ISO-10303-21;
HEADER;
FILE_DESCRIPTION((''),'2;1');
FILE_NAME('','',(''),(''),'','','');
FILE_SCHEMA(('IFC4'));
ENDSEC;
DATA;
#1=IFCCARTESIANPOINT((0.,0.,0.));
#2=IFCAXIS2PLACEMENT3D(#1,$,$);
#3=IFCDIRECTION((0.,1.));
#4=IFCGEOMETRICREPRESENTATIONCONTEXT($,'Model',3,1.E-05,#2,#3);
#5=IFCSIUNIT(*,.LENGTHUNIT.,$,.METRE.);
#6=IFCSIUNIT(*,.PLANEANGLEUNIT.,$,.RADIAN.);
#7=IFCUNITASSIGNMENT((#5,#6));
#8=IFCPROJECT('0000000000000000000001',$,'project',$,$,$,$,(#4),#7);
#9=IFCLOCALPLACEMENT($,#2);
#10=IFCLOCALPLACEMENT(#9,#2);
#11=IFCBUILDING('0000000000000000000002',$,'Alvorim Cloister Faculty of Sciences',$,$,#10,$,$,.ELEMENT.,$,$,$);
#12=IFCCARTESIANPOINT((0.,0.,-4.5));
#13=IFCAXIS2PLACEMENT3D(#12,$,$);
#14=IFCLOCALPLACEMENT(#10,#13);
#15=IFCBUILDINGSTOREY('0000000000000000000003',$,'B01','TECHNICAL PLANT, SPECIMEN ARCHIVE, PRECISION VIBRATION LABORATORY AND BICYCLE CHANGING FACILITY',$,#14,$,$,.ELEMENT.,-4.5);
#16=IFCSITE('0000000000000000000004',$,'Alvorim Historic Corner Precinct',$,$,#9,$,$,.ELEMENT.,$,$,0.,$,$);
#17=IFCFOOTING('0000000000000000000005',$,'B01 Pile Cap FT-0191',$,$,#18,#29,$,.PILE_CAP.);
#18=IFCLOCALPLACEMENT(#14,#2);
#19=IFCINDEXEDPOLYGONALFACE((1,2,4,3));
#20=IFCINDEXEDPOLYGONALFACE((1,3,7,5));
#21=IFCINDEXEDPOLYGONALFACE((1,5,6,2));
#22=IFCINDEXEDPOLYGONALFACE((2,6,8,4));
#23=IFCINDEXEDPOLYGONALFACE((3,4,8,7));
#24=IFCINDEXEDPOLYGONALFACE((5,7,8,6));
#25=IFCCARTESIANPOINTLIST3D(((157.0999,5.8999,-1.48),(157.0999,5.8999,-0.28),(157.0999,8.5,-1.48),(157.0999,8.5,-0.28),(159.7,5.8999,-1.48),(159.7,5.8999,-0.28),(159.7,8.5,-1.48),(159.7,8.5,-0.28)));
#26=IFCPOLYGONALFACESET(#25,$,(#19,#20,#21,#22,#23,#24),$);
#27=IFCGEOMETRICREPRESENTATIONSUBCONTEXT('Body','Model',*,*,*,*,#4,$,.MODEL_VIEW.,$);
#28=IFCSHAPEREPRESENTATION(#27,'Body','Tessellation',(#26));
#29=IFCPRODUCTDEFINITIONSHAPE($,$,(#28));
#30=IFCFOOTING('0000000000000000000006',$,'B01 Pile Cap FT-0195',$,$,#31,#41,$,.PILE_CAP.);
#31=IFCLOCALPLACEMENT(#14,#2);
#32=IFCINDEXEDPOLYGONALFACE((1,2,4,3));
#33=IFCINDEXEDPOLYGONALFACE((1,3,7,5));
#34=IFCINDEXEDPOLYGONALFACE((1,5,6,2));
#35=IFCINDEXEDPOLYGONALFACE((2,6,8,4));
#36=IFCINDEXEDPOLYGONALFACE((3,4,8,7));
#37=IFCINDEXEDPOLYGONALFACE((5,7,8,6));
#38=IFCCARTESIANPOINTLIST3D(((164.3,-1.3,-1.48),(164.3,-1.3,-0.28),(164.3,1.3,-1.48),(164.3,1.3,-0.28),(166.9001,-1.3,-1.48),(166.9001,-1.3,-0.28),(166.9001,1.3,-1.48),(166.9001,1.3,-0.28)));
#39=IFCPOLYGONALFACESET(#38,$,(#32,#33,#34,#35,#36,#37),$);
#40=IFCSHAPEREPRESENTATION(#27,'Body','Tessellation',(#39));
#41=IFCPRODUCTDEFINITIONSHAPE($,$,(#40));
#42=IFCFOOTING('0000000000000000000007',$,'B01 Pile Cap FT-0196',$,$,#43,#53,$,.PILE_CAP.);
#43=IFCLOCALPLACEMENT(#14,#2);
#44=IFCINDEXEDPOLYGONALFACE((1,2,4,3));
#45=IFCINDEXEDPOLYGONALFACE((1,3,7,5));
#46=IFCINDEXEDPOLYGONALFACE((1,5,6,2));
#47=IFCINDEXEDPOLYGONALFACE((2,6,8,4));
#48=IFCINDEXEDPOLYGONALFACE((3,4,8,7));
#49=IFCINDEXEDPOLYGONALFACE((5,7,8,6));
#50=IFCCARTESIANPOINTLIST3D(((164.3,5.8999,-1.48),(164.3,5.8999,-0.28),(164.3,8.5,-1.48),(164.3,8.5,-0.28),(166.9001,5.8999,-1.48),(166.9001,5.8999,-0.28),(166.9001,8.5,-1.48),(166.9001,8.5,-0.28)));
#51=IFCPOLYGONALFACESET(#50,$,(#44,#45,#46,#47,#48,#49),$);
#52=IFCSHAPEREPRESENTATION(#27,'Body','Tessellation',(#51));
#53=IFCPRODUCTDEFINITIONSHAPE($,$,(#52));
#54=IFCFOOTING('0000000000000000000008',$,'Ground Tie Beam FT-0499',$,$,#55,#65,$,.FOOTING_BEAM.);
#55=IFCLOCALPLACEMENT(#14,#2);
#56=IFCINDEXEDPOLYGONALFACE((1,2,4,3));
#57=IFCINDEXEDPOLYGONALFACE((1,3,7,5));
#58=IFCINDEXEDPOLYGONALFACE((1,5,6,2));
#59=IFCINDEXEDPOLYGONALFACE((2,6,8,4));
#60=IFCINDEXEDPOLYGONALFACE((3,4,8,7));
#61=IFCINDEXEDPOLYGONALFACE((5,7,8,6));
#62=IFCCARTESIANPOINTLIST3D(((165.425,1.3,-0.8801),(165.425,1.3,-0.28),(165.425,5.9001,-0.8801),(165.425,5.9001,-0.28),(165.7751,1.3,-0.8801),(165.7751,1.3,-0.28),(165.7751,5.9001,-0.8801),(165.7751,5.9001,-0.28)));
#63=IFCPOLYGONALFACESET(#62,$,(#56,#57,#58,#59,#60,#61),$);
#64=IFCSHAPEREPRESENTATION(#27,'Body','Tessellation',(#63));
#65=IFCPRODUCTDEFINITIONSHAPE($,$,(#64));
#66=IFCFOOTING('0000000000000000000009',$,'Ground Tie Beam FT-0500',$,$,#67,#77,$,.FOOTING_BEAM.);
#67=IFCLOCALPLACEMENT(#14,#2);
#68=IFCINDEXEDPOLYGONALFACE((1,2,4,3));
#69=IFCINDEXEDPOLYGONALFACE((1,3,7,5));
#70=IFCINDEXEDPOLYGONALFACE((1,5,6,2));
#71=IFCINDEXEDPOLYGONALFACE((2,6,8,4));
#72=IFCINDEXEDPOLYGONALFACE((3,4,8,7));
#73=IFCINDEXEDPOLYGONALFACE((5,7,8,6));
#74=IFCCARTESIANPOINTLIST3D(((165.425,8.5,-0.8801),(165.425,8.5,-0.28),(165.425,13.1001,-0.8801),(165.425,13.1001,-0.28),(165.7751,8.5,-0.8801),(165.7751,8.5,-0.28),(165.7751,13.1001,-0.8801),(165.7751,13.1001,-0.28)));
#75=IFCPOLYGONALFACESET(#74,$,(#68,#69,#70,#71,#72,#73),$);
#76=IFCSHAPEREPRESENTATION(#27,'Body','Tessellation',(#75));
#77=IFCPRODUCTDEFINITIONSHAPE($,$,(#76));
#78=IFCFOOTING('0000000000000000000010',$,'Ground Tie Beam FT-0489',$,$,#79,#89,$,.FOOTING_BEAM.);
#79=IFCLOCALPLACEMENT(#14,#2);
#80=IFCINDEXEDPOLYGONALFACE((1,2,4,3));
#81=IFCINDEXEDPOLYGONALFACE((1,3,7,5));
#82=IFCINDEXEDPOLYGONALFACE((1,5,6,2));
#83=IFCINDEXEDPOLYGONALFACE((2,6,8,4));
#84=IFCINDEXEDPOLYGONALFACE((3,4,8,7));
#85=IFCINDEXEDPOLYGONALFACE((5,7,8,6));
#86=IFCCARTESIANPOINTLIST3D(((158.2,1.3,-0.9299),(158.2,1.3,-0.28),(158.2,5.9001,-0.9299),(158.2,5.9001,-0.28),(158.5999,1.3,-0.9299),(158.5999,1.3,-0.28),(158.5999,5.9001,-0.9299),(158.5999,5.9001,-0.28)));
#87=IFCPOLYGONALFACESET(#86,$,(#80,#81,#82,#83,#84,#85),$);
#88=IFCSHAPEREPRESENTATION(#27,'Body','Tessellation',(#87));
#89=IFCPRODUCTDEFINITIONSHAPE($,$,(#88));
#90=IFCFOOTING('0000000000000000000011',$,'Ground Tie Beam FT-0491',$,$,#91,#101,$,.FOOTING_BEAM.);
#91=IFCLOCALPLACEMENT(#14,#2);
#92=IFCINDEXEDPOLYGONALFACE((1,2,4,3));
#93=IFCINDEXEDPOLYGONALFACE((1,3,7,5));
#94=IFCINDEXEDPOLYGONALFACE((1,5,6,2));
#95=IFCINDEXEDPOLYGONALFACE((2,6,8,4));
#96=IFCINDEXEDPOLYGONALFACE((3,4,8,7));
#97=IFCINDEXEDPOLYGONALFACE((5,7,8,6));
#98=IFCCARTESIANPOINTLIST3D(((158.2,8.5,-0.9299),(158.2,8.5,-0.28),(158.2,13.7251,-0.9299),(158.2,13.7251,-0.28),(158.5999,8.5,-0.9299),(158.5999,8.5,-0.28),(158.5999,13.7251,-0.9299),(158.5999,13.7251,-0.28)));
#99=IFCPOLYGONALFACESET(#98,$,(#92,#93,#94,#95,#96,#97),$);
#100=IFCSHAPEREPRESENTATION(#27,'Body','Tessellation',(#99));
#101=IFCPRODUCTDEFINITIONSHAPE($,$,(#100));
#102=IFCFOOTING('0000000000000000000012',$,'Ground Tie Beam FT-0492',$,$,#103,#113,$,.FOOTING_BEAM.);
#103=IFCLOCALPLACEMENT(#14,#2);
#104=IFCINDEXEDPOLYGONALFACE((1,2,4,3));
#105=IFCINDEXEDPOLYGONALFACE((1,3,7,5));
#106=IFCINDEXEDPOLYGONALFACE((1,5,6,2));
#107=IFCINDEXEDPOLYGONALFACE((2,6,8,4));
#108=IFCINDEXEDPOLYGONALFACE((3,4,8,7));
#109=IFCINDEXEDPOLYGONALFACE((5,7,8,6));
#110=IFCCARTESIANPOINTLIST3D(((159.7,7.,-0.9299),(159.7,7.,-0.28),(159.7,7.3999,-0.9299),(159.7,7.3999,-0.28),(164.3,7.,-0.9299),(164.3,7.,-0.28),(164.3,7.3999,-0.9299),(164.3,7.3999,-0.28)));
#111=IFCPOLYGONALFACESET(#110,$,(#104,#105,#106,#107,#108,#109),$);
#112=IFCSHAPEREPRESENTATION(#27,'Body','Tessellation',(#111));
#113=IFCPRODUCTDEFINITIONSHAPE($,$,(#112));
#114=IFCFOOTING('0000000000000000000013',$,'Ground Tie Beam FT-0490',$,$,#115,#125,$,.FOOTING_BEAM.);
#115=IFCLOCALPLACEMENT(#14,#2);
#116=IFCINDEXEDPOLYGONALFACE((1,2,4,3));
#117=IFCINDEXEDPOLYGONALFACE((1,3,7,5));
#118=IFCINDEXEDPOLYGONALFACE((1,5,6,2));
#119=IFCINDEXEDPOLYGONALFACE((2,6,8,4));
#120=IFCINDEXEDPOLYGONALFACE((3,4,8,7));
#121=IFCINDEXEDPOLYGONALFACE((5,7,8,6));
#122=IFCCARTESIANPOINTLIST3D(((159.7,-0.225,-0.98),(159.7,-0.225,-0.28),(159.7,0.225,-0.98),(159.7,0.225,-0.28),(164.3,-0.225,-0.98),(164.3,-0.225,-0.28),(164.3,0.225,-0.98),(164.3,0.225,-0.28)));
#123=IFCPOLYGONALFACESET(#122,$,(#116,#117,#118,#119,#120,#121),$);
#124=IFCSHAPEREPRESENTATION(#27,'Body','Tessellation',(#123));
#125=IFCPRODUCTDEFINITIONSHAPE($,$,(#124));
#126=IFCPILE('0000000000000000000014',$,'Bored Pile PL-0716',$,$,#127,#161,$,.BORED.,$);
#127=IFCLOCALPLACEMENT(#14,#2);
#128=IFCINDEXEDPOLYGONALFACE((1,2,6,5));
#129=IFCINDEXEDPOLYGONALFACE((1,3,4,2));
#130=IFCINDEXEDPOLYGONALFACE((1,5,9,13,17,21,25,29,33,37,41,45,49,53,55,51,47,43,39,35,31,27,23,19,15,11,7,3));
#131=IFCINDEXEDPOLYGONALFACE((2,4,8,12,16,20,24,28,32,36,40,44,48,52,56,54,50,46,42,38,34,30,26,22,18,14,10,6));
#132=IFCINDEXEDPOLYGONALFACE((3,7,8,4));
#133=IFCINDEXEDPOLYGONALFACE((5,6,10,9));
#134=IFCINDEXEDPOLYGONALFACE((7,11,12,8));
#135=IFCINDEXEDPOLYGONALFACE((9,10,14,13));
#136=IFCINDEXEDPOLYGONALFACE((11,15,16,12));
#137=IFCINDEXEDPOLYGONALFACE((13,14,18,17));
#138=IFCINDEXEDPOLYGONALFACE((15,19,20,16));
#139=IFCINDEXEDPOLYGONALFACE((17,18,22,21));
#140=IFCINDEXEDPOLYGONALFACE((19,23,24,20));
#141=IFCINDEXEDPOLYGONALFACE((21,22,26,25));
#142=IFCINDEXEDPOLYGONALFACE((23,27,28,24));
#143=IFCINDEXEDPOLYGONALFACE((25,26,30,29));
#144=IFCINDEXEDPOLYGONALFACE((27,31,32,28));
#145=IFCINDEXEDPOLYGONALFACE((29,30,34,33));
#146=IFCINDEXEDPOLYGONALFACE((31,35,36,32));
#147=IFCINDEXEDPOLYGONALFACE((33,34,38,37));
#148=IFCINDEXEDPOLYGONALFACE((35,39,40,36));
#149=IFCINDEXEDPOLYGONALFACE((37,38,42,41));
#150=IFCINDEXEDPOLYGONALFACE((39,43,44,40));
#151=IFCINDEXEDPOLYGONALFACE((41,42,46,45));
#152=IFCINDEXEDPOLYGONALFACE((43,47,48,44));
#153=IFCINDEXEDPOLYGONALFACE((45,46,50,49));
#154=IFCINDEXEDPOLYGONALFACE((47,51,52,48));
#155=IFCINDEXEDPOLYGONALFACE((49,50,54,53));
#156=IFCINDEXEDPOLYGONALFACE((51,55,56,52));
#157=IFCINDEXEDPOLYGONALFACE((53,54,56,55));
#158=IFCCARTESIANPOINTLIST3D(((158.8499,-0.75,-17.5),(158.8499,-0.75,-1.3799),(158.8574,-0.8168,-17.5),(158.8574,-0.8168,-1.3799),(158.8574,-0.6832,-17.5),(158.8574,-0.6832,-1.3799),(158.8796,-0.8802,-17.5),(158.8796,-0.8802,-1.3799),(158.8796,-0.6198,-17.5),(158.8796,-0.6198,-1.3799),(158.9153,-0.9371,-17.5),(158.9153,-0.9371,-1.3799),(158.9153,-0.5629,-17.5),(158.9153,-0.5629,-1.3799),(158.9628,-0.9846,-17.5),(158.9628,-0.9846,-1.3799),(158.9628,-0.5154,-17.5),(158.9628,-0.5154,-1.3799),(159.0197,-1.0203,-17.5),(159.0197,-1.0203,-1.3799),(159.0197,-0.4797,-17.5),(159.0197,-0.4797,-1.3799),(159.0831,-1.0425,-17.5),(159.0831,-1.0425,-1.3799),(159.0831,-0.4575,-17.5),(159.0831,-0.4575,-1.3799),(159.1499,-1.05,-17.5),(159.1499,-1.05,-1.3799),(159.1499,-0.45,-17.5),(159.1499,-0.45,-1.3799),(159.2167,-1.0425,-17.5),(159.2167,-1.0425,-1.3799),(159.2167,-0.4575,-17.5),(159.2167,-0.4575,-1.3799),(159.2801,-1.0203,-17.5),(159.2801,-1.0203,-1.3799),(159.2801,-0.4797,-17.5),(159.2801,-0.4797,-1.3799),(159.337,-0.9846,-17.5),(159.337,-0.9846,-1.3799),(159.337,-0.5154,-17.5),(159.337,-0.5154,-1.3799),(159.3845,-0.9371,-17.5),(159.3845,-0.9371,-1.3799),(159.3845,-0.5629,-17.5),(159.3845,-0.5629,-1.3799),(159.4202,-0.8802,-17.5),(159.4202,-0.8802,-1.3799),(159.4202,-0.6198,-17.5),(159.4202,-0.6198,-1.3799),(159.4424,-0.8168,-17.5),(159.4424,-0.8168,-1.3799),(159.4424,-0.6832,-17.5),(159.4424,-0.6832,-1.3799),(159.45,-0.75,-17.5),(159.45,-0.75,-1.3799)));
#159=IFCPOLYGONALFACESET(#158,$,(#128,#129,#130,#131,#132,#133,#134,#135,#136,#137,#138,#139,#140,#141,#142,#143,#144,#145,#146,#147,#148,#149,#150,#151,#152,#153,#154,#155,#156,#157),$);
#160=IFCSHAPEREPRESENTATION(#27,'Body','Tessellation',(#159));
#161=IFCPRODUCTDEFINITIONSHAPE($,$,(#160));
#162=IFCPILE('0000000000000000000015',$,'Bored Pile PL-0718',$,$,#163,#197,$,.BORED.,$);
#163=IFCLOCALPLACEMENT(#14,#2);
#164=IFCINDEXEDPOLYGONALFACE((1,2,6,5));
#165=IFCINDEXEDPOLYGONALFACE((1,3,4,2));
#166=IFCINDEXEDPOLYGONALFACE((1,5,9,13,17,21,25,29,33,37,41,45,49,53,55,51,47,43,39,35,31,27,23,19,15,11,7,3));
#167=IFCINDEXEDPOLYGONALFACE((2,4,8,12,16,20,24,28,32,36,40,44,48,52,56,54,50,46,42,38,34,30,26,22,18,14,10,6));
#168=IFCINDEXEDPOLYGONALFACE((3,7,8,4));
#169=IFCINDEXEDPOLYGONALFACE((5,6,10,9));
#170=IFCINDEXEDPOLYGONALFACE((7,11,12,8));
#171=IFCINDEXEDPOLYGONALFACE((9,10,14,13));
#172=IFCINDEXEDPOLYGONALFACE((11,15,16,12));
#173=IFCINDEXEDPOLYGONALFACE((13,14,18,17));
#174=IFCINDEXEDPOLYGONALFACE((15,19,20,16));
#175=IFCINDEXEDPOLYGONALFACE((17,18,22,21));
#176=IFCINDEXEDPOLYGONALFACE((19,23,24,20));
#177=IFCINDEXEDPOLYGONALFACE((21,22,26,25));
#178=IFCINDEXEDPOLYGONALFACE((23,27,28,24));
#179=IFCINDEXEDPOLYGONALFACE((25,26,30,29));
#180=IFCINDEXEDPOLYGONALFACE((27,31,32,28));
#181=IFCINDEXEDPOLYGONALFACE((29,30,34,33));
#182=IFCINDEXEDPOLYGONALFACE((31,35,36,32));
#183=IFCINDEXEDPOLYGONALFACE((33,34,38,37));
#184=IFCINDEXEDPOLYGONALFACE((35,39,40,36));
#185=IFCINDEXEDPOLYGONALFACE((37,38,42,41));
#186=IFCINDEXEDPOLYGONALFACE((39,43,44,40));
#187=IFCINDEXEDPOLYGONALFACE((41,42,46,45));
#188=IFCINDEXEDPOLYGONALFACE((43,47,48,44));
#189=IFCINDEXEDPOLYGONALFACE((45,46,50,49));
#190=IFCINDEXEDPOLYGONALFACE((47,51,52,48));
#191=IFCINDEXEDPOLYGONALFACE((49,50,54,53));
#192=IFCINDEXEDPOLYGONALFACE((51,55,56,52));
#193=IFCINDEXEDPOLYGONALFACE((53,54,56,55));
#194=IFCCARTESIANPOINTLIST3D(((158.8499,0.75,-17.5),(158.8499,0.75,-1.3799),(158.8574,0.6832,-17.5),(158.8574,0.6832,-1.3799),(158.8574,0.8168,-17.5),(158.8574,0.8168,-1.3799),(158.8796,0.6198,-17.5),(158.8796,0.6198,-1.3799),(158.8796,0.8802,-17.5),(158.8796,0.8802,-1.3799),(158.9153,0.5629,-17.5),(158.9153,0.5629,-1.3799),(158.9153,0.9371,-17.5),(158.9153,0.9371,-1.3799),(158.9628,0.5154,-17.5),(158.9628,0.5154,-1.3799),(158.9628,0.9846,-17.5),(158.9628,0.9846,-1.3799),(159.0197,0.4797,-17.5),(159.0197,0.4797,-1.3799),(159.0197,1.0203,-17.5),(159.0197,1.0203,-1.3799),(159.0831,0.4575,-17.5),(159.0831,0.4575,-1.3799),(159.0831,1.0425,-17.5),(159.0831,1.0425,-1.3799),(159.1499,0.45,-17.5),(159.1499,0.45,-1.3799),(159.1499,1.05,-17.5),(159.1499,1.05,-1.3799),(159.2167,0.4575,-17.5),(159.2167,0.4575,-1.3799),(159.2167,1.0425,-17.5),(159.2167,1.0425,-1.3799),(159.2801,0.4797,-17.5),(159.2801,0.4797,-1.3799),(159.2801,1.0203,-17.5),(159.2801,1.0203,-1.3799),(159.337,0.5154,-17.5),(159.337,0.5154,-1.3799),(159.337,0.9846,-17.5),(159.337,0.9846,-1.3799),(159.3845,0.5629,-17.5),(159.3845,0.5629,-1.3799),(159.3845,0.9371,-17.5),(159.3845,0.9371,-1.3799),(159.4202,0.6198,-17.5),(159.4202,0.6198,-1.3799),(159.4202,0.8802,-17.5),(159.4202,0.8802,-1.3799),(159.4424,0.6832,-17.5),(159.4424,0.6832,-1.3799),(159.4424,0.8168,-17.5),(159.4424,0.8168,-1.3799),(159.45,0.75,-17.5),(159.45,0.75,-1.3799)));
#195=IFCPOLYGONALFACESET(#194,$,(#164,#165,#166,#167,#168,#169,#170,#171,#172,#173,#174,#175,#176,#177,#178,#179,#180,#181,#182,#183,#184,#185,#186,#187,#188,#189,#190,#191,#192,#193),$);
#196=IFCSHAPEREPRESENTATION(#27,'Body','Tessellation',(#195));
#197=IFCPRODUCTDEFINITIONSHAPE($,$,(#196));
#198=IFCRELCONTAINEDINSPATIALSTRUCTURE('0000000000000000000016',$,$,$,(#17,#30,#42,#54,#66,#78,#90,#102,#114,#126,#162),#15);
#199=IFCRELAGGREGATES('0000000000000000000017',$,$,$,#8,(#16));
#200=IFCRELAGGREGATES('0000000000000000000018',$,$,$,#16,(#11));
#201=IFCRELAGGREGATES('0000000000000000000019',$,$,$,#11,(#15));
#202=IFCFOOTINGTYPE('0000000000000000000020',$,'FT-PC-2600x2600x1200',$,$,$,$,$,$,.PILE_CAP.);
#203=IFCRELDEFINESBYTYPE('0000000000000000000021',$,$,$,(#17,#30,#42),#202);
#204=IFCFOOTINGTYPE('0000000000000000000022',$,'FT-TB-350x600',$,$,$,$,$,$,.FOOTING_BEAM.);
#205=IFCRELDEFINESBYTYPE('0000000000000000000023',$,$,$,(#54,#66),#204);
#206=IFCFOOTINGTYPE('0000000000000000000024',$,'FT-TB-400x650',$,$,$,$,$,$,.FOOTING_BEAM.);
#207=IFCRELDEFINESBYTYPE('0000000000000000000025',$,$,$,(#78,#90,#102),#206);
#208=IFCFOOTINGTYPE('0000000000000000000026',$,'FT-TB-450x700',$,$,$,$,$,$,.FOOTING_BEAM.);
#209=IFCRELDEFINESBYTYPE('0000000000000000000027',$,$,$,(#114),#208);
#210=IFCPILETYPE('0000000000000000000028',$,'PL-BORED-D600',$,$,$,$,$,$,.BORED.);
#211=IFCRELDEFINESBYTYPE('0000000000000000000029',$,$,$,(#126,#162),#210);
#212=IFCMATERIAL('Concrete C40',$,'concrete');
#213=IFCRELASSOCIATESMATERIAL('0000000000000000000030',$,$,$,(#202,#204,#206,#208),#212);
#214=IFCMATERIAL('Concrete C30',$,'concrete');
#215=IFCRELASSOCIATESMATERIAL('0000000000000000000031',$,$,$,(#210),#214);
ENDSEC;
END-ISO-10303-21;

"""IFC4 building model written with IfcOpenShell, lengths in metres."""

from ifc_helpers import new_model, si_unit, direction, frame, origin, origin_2d, place, context, subcontext, project, spatial, rectangle, circle, extrude, material, material_profile, profile_set, type_object, element, save


model = new_model("IFC4")

# Units and contexts
model_context = context("Model", 3, precision=1e-05, world=origin(), true_north=direction((0.0, 1.0)))
body_context = subcontext(model_context, "Body", "Model", "MODEL_VIEW")
ifc_project = project(units=[si_unit("LENGTHUNIT", "METRE"), si_unit("PLANEANGLEUNIT", "RADIAN")], contexts=[model_context])

# Site, building, storey
site_placement = place(None, origin())
site = spatial("IfcSite", under=ifc_project, at=site_placement, Name="Alvorim Historic Corner Precinct", CompositionType="ELEMENT", RefElevation=0.0)
building_placement = place(site_placement, origin())
building = spatial("IfcBuilding", under=site, at=building_placement, Name="Alvorim Cloister Faculty of Sciences", CompositionType="ELEMENT")
storey_placement = place(building_placement, frame((0.0, 0.0, -4.5)))
storey = spatial("IfcBuildingStorey", under=building, at=storey_placement, Name="B01", Description="TECHNICAL PLANT, SPECIMEN ARCHIVE, PRECISION VIBRATION LABORATORY AND BICYCLE CHANGING FACILITY", CompositionType="ELEMENT", Elevation=-4.5)

# Footings
ifc_material_1 = material(Name="Concrete C40", Category="concrete")
footing_type_1 = type_object("IfcFootingType", Name="FT-PC-2600x2600x1200", PredefinedType="PILE_CAP", material=ifc_material_1)
for number, where, z_axis, x_axis, name in (
    (1, (158.3999, 7.2, -1.48), (0.0, 0.0, 1.0), (1.0, 0.0, 0.0), "B01 Pile Cap FT-0191"),
    (2, (165.6001, 0.0, -1.48), (0.0, 0.0, 1.0), (1.0, 0.0, 0.0), "B01 Pile Cap FT-0195"),
    (3, (165.6001, 7.2, -1.48), (0.0, 0.0, 1.0), (1.0, 0.0, 0.0), "B01 Pile Cap FT-0196"),
):
    element("IfcFooting", number, at=place(storey_placement, frame(where, z_axis=z_axis, x_axis=x_axis)), inside=storey, type_object=footing_type_1, Name=name, PredefinedType="PILE_CAP", context=body_context, shape_type="SweptSolid", body=[
        extrude(rectangle(XDim=2.6001, YDim=2.6001, at=origin_2d()), origin(), (0.0, 0.0, 1.0), 1.2),
    ])
footing_type_2 = type_object("IfcFootingType", Name="FT-TB-350x600", PredefinedType="FOOTING_BEAM", material=ifc_material_1)
for number, where, z_axis, x_axis, name in (
    (4, (165.6001, 3.6001, -0.8801), (0.0, 0.0, 1.0), (1.0, 0.0, 0.0), "Ground Tie Beam FT-0499"),
    (5, (165.6001, 10.8, -0.8801), (0.0, 0.0, 1.0), (1.0, 0.0, 0.0), "Ground Tie Beam FT-0500"),
):
    element("IfcFooting", number, at=place(storey_placement, frame(where, z_axis=z_axis, x_axis=x_axis)), inside=storey, type_object=footing_type_2, Name=name, PredefinedType="FOOTING_BEAM", context=body_context, shape_type="SweptSolid", body=[
        extrude(rectangle(XDim=0.3501, YDim=4.6001, at=origin_2d()), origin(), (0.0, 0.0, 1.0), 0.6001),
    ])
footing_type_3 = type_object("IfcFootingType", Name="FT-TB-400x650", PredefinedType="FOOTING_BEAM", material=ifc_material_1)
footing_1_placement = place(storey_placement, frame((158.3999, 3.6001, -0.9299), z_axis=(0.0, 0.0, 1.0), x_axis=(1.0, 0.0, 0.0)))
element("IfcFooting", 6, at=footing_1_placement, inside=storey, type_object=footing_type_3, Name="Ground Tie Beam FT-0489", PredefinedType="FOOTING_BEAM", context=body_context, shape_type="SweptSolid", body=[
    extrude(rectangle(XDim=0.3999, YDim=4.6001, at=origin_2d()), origin(), (0.0, 0.0, 1.0), 0.6499),
])
footing_2_placement = place(storey_placement, frame((158.3999, 11.1125, -0.9299), z_axis=(0.0, 0.0, 1.0), x_axis=(1.0, 0.0, 0.0)))
element("IfcFooting", 7, at=footing_2_placement, inside=storey, type_object=footing_type_3, Name="Ground Tie Beam FT-0491", PredefinedType="FOOTING_BEAM", context=body_context, shape_type="SweptSolid", body=[
    extrude(rectangle(XDim=0.3999, YDim=5.2251, at=origin_2d()), origin(), (0.0, 0.0, 1.0), 0.6499),
])
footing_3_placement = place(storey_placement, frame((162.0, 7.2, -0.9299), z_axis=(0.0, 0.0, 1.0), x_axis=(1.0, 0.0, 0.0)))
element("IfcFooting", 8, at=footing_3_placement, inside=storey, type_object=footing_type_3, Name="Ground Tie Beam FT-0492", PredefinedType="FOOTING_BEAM", context=body_context, shape_type="SweptSolid", body=[
    extrude(rectangle(XDim=4.6001, YDim=0.3999, at=origin_2d()), origin(), (0.0, 0.0, 1.0), 0.6499),
])
footing_type_4 = type_object("IfcFootingType", Name="FT-TB-450x700", PredefinedType="FOOTING_BEAM", material=ifc_material_1)
footing_4_placement = place(storey_placement, frame((162.0, 0.0, -0.98), z_axis=(0.0, 0.0, 1.0), x_axis=(1.0, 0.0, 0.0)))
element("IfcFooting", 9, at=footing_4_placement, inside=storey, type_object=footing_type_4, Name="Ground Tie Beam FT-0490", PredefinedType="FOOTING_BEAM", context=body_context, shape_type="SweptSolid", body=[
    extrude(rectangle(XDim=4.6001, YDim=0.45, at=origin_2d()), origin(), (0.0, 0.0, 1.0), 0.7),
])

# Piles
ifc_material_2 = material(Name="Concrete C30", Category="concrete")
ifc_material_profile_1 = material_profile(ifc_material_2, circle(Radius=0.3, at=origin_2d()), Name="PILE-D600")
ifc_profile_set_1 = profile_set([ifc_material_profile_1], Name="Concrete C30")
pile_type = type_object("IfcPileType", Name="PL-BORED-D600", PredefinedType="BORED", material=ifc_profile_set_1)
for number, where, z_axis, x_axis, name in (
    (10, (159.1499, -0.75, -1.3799), (0.0, 0.0, -1.0), (1.0, 0.0, 0.0), "Bored Pile PL-0716"),
    (11, (159.1499, 0.75, -1.3799), (0.0, 0.0, -1.0), (1.0, 0.0, 0.0), "Bored Pile PL-0718"),
):
    element("IfcPile", number, at=place(storey_placement, frame(where, z_axis=z_axis, x_axis=x_axis)), inside=storey, type_object=pile_type, Name=name, PredefinedType="BORED", context=body_context, shape_type="SweptSolid", body=[
        extrude(circle(Radius=0.3, at=origin_2d()), origin(), (0.0, 0.0, 1.0), 16.1201),
    ])

save(model, "model.ifc")
